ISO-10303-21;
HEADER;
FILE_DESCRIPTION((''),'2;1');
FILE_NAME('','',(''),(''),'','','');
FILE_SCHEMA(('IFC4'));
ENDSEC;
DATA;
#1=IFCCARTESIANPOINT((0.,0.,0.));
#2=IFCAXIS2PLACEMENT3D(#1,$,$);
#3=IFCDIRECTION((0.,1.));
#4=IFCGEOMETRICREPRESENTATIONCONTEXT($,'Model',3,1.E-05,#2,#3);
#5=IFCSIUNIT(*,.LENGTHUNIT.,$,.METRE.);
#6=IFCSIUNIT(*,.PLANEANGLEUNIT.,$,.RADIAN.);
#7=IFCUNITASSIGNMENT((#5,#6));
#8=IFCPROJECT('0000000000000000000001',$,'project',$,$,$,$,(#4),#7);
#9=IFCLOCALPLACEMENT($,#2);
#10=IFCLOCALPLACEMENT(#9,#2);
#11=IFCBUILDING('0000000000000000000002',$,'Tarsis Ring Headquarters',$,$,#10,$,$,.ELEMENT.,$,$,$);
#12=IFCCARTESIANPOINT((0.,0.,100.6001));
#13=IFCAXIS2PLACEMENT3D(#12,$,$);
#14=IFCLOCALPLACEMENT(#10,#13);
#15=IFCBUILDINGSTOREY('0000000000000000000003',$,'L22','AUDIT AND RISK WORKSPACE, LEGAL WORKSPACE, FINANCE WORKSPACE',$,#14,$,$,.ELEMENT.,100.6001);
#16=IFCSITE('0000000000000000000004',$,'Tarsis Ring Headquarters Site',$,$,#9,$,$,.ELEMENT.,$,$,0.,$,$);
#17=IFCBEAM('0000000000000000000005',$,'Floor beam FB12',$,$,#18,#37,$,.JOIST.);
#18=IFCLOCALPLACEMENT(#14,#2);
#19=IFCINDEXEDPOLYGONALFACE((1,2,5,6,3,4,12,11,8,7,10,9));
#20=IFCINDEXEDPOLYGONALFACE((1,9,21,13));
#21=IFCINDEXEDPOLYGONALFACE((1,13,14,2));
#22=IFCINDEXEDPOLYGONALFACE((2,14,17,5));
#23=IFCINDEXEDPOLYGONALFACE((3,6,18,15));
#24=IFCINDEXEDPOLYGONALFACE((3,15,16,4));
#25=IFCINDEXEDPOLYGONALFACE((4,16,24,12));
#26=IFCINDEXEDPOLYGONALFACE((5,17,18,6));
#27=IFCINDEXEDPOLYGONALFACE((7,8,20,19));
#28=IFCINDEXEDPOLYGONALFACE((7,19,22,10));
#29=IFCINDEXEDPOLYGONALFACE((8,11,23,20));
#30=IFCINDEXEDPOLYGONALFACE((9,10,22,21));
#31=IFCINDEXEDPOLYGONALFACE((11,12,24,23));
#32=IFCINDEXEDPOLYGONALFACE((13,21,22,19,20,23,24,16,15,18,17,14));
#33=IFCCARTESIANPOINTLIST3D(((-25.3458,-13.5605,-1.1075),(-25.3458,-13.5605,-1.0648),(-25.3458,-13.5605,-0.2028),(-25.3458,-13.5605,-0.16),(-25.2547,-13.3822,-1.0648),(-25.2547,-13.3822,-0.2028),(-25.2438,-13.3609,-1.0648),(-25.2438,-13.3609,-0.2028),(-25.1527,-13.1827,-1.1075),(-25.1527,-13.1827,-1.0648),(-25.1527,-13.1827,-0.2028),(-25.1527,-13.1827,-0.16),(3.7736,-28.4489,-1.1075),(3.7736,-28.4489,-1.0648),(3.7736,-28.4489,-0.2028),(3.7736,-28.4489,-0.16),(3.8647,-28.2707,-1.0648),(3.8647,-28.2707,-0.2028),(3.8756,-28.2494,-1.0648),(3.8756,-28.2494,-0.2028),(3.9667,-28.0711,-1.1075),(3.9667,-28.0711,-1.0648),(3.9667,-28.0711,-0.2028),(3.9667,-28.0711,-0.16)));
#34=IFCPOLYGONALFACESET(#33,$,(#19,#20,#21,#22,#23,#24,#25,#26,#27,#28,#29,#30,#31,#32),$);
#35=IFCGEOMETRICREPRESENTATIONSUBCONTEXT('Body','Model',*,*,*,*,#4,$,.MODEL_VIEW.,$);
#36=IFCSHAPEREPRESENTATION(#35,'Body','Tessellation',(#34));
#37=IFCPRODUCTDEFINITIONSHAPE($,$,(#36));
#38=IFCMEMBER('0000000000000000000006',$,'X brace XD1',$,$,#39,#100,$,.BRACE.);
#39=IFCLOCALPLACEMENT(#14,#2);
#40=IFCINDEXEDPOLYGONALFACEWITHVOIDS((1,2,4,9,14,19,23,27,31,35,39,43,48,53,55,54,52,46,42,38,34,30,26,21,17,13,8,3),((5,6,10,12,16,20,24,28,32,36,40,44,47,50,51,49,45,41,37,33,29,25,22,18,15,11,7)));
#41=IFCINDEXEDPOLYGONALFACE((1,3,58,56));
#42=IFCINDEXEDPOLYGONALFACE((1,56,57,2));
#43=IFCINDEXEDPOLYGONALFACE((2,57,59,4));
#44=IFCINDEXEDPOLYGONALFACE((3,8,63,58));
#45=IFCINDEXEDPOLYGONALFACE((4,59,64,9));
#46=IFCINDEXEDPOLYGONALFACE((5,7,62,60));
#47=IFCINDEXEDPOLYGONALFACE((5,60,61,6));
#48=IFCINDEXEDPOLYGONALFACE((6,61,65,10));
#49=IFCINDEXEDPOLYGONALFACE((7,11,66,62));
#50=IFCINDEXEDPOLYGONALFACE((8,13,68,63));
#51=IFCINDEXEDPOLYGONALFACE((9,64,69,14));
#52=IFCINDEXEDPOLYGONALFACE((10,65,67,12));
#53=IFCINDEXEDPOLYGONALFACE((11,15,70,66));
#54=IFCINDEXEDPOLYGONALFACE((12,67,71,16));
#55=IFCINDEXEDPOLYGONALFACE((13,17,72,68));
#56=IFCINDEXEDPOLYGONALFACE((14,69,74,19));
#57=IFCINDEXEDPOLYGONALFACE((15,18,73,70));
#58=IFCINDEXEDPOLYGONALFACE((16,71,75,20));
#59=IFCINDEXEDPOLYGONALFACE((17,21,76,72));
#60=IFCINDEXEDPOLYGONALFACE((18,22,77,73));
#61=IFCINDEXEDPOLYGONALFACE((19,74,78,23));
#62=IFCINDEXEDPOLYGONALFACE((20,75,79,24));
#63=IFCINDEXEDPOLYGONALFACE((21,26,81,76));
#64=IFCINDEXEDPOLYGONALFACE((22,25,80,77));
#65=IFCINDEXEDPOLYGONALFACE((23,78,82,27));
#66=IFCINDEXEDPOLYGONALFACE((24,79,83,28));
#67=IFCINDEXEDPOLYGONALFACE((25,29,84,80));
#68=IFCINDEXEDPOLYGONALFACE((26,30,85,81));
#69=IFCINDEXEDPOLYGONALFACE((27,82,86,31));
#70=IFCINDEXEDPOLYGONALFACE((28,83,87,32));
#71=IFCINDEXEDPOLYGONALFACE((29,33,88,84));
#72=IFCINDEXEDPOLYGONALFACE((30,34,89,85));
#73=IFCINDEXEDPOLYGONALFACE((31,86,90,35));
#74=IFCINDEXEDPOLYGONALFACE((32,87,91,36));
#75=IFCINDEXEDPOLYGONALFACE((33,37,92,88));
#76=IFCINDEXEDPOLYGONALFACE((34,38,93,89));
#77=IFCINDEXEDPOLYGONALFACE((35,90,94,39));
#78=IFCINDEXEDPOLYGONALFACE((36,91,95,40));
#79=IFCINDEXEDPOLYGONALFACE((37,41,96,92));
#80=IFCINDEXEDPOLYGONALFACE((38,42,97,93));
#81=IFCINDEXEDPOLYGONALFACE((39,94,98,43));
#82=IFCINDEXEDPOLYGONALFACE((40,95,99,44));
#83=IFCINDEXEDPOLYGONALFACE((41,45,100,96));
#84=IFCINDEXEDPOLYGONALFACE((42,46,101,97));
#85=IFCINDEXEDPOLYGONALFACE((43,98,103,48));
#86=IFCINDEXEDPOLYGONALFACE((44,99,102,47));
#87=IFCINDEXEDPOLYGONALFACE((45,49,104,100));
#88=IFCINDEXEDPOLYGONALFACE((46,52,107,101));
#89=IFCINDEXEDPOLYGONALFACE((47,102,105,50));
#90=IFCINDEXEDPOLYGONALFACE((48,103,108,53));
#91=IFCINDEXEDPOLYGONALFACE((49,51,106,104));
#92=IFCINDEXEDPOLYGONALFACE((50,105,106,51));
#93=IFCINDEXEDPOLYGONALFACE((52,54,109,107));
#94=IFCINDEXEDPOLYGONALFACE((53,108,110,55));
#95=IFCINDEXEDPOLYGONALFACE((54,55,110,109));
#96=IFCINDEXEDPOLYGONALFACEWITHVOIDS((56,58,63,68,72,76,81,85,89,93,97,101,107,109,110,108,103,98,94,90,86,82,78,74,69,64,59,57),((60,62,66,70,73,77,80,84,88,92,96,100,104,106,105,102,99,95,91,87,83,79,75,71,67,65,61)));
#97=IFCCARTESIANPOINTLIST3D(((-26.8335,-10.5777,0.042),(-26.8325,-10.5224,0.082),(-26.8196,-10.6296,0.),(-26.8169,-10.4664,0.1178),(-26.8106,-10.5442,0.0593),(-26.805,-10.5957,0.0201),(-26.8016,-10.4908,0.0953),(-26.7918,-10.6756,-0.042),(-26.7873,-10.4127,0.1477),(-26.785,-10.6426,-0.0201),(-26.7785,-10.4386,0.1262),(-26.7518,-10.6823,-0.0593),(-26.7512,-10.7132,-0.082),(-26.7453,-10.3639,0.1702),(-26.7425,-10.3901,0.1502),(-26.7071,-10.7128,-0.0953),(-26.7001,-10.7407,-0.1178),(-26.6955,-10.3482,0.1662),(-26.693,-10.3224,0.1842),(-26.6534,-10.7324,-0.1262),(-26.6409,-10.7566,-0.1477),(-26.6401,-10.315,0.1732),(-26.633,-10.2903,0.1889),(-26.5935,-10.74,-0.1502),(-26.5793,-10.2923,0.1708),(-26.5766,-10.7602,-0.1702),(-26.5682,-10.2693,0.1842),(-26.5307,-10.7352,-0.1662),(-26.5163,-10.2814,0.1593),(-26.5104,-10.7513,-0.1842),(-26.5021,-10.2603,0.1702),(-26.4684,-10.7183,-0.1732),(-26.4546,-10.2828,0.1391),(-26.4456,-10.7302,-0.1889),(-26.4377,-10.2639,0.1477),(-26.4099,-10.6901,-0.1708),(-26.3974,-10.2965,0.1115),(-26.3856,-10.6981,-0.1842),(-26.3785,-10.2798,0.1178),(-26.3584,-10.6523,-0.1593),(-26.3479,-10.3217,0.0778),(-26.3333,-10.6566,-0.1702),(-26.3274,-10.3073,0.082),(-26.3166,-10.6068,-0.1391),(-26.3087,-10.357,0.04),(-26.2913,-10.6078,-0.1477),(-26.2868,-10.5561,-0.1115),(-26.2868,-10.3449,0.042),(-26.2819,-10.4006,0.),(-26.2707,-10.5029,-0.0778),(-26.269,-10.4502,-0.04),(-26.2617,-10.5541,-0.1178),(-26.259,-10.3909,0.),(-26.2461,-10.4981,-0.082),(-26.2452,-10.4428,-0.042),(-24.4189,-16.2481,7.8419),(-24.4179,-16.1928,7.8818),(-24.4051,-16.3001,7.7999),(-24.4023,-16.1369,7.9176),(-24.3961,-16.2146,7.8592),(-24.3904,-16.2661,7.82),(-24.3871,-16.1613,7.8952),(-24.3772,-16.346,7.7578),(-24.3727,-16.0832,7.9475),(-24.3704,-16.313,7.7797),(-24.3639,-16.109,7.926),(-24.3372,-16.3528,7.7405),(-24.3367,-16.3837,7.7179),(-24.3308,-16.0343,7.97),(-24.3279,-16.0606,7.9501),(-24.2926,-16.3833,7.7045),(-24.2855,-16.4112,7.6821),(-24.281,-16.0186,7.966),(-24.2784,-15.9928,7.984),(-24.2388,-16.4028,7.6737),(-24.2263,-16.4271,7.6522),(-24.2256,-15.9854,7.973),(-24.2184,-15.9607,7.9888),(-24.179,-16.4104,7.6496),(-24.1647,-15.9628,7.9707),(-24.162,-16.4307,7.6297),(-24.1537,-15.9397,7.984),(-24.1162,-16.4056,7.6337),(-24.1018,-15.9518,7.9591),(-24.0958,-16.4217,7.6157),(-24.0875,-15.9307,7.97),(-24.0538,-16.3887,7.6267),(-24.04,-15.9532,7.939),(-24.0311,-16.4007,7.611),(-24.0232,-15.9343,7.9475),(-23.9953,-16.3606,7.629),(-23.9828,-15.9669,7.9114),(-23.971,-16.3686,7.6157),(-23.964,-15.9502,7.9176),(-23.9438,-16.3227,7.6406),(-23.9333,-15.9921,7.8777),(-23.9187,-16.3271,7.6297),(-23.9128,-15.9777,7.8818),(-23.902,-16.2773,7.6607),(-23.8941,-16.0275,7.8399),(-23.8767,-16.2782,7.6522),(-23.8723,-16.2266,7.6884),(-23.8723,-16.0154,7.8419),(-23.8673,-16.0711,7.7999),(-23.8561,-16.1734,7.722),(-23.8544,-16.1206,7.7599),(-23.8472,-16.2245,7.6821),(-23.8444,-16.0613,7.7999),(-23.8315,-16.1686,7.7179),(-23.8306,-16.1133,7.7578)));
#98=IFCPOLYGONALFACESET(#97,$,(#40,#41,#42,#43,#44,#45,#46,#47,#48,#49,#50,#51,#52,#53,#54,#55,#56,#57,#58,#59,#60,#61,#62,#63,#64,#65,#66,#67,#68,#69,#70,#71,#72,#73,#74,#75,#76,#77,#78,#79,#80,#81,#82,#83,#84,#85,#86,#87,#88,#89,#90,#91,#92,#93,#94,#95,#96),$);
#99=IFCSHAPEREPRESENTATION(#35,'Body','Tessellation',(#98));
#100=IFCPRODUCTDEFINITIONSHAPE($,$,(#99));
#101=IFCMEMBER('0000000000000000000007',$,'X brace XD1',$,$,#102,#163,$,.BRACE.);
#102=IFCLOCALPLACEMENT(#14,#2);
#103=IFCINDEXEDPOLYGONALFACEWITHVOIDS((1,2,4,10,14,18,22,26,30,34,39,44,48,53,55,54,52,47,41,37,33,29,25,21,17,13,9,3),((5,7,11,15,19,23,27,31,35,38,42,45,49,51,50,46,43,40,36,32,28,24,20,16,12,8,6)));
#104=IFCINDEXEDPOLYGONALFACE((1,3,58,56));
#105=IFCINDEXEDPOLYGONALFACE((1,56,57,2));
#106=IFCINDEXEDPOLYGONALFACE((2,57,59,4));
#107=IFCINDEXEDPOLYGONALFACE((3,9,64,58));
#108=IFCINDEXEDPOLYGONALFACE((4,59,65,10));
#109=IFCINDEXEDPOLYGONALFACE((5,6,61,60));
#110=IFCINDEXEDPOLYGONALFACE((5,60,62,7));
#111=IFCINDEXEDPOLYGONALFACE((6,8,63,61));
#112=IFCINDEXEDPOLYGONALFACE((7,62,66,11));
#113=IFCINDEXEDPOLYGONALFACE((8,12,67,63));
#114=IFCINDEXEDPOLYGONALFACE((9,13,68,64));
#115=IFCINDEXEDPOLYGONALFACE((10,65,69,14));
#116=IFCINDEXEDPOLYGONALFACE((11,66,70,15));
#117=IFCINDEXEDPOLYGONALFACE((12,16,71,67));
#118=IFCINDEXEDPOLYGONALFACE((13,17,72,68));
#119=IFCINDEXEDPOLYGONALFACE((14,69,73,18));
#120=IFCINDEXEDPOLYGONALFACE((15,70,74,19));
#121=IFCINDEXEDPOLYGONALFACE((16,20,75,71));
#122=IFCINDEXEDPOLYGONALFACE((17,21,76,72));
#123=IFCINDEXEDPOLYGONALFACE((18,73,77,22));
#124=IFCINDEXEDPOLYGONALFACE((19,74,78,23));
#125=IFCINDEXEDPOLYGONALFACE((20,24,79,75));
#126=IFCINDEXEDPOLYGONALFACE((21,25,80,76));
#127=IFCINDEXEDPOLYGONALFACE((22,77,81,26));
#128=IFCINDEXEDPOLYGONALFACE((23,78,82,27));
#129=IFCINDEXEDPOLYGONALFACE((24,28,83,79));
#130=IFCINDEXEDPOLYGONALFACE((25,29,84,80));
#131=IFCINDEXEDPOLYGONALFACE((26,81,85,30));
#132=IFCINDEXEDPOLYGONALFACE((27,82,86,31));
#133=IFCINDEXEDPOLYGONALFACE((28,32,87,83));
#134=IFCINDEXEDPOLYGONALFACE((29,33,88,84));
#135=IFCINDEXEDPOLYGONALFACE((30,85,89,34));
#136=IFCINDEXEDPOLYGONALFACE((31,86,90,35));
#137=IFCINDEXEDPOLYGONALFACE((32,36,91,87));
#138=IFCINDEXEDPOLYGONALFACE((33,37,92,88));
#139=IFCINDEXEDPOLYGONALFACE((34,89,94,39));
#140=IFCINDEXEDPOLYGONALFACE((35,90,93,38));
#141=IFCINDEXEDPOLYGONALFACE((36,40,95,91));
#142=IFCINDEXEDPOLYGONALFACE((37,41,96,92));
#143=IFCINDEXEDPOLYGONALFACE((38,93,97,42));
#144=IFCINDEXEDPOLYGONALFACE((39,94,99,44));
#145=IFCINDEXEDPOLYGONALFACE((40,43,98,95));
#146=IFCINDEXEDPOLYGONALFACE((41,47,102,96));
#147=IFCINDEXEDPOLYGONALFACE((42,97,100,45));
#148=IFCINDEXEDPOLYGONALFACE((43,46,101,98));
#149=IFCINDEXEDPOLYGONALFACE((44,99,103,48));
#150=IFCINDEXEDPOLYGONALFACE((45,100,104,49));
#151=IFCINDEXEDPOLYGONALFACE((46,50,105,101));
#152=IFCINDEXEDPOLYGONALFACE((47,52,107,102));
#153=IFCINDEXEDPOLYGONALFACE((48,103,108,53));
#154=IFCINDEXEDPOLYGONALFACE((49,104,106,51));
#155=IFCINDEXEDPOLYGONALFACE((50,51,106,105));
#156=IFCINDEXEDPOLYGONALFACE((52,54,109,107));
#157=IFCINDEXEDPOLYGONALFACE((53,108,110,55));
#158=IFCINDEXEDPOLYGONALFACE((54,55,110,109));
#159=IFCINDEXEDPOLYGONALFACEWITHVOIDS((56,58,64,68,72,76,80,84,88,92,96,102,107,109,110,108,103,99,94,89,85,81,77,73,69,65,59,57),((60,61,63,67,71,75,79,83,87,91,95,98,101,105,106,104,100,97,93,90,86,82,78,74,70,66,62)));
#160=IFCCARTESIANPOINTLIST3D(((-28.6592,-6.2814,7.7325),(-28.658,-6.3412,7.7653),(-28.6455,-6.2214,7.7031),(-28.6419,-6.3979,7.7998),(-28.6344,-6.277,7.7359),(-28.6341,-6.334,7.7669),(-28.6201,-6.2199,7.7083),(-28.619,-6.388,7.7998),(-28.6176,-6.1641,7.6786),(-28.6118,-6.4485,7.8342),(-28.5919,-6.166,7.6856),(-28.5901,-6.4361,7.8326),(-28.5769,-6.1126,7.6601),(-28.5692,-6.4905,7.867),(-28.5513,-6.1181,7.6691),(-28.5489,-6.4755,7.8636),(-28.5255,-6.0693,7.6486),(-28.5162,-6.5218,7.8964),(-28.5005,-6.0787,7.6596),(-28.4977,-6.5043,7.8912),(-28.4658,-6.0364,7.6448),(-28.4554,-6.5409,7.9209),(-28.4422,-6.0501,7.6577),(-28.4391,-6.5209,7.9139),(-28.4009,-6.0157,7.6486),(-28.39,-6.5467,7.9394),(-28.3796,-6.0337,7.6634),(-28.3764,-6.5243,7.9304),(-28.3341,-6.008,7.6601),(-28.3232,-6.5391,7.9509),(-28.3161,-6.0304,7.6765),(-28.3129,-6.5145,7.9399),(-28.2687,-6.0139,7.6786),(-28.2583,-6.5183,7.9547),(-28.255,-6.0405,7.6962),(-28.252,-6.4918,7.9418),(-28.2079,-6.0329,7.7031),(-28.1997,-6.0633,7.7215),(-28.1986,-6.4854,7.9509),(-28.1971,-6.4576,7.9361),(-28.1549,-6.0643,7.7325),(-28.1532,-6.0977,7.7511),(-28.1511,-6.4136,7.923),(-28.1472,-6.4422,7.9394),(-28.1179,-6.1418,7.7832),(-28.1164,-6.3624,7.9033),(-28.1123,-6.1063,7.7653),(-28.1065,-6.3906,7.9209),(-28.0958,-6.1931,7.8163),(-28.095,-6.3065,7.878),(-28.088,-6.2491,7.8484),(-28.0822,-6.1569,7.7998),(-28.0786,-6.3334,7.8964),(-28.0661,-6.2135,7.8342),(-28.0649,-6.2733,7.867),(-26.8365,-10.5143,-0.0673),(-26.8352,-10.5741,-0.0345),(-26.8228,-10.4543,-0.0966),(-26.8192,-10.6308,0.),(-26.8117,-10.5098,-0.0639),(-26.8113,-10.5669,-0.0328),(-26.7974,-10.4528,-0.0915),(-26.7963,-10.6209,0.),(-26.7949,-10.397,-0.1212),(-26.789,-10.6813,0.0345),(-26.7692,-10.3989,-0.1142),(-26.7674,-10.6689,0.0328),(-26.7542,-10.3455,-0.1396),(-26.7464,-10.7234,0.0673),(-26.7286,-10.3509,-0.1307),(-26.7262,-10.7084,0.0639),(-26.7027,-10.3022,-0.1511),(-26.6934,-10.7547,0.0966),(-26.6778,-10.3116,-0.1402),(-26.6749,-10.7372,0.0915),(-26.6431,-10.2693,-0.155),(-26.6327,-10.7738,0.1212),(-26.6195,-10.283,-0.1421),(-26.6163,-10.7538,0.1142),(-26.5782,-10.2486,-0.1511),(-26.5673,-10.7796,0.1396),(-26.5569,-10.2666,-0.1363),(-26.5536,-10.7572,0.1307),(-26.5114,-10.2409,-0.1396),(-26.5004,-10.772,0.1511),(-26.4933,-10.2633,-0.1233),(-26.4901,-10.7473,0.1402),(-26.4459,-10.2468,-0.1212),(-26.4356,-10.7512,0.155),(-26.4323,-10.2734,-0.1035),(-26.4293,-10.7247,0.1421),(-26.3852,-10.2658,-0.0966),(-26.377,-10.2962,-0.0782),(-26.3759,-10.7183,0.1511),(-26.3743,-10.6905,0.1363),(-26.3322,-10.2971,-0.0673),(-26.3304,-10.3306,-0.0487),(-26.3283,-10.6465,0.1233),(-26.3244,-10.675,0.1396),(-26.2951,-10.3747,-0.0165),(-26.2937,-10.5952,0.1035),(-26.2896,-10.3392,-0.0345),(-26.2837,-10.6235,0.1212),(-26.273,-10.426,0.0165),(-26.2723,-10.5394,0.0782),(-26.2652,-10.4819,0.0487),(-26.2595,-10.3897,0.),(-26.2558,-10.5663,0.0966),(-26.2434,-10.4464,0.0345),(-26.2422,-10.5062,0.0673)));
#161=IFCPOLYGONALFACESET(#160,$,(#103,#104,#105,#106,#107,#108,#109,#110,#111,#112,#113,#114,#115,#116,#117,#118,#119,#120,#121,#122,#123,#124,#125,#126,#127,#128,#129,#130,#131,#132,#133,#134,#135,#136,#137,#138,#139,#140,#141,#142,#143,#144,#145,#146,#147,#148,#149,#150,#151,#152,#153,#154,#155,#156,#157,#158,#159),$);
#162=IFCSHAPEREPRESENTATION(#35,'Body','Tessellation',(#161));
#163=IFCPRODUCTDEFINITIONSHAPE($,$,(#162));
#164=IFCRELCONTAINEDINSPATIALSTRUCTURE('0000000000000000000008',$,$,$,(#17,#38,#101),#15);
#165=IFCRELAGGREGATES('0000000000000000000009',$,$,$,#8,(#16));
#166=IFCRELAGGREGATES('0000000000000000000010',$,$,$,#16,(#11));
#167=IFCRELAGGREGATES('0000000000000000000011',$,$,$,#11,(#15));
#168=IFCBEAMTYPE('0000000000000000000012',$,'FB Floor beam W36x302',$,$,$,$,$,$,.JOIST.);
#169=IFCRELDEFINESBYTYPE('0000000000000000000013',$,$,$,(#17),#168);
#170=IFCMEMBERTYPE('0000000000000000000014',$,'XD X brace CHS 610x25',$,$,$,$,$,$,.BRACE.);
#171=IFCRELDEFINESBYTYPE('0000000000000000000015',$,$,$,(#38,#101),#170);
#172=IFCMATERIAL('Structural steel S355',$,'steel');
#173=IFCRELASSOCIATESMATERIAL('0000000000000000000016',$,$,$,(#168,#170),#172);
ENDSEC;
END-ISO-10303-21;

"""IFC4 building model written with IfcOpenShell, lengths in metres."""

from ifc_helpers import new_model, si_unit, direction, frame, origin, origin_2d, place, context, subcontext, project, spatial, hollow_circle, i_section, extrude, material, material_profile, profile_set, type_object, element, save


model = new_model("IFC4")

# Units and contexts
model_context = context("Model", 3, precision=1e-05, world=origin(), true_north=direction((0.0, 1.0)))
body_context = subcontext(model_context, "Body", "Model", "MODEL_VIEW")
ifc_project = project(units=[si_unit("LENGTHUNIT", "METRE"), si_unit("PLANEANGLEUNIT", "RADIAN")], contexts=[model_context])

# Site, building, storey
site_placement = place(None, origin())
site = spatial("IfcSite", under=ifc_project, at=site_placement, Name="Tarsis Ring Headquarters Site", CompositionType="ELEMENT", RefElevation=0.0)
building_placement = place(site_placement, origin())
building = spatial("IfcBuilding", under=site, at=building_placement, Name="Tarsis Ring Headquarters", CompositionType="ELEMENT")
storey_placement = place(building_placement, frame((0.0, 0.0, 100.6001)))
storey = spatial("IfcBuildingStorey", under=building, at=storey_placement, Name="L22", Description="AUDIT AND RISK WORKSPACE, LEGAL WORKSPACE, FINANCE WORKSPACE", CompositionType="ELEMENT", Elevation=100.6001)

# Shared definitions
ifc_material_1 = material(Name="Structural steel S355", Category="steel")

# Beam
ifc_material_profile_1 = material_profile(ifc_material_1, i_section(OverallWidth=0.4243, OverallDepth=0.9475, WebThickness=0.0239, FlangeThickness=0.0427, at=origin_2d()), Name="W36x302")
ifc_profile_set_1 = profile_set([ifc_material_profile_1], Name="Structural steel S355")
beam_type_1 = type_object("IfcBeamType", Name="FB Floor beam W36x302", PredefinedType="JOIST", material=ifc_profile_set_1)
beam_1_placement = place(storey_placement, frame((-25.2493, -13.3716, -0.6338), z_axis=(0.89037, -0.455237, 0.0), x_axis=(0.455237, 0.89037, 0.0)))
element("IfcBeam", 1, at=beam_1_placement, inside=storey, type_object=beam_type_1, Name="Floor beam FB12", PredefinedType="JOIST", context=body_context, shape_type="SweptSolid", body=[
    extrude(i_section(OverallWidth=0.4243, OverallDepth=0.9475, WebThickness=0.0239, FlangeThickness=0.0427, at=origin_2d()), origin(), (0.0, 0.0, 1.0), 32.7048),
])

# Members
ifc_material_profile_2 = material_profile(ifc_material_1, hollow_circle(Radius=0.3047, WallThickness=0.0249, at=origin_2d()), Name="CHS 610x25")
ifc_profile_set_2 = profile_set([ifc_material_profile_2], Name="Structural steel S355")
member_type = type_object("IfcMemberType", Name="XD X brace CHS 610x25", PredefinedType="BRACE", material=ifc_profile_set_2)
member_1_placement = place(storey_placement, frame((-26.5393, -10.5103, 0.0), z_axis=(0.242892, -0.570415, 0.784621), x_axis=(0.92006, 0.391776, 0.0)))
element("IfcMember", 2, at=member_1_placement, inside=storey, type_object=member_type, Name="X brace XD1", PredefinedType="BRACE", context=body_context, shape_type="SweptSolid", body=[
    extrude(hollow_circle(Radius=0.3047, WallThickness=0.0249, at=origin_2d()), origin(), (0.0, 0.0, 1.0), 9.9409),
])
member_2_placement = place(storey_placement, frame((-26.5393, -10.5103, 0.0), z_axis=(-0.201195, 0.467228, 0.860941), x_axis=(-0.918464, -0.395504, 0.0)))
element("IfcMember", 3, at=member_2_placement, inside=storey, type_object=member_type, Name="X brace XD1", PredefinedType="BRACE", context=body_context, shape_type="SweptSolid", body=[
    extrude(hollow_circle(Radius=0.3047, WallThickness=0.0249, at=origin_2d()), origin(), (0.0, 0.0, 1.0), 9.0596),
])

save(model, "model.ifc")
